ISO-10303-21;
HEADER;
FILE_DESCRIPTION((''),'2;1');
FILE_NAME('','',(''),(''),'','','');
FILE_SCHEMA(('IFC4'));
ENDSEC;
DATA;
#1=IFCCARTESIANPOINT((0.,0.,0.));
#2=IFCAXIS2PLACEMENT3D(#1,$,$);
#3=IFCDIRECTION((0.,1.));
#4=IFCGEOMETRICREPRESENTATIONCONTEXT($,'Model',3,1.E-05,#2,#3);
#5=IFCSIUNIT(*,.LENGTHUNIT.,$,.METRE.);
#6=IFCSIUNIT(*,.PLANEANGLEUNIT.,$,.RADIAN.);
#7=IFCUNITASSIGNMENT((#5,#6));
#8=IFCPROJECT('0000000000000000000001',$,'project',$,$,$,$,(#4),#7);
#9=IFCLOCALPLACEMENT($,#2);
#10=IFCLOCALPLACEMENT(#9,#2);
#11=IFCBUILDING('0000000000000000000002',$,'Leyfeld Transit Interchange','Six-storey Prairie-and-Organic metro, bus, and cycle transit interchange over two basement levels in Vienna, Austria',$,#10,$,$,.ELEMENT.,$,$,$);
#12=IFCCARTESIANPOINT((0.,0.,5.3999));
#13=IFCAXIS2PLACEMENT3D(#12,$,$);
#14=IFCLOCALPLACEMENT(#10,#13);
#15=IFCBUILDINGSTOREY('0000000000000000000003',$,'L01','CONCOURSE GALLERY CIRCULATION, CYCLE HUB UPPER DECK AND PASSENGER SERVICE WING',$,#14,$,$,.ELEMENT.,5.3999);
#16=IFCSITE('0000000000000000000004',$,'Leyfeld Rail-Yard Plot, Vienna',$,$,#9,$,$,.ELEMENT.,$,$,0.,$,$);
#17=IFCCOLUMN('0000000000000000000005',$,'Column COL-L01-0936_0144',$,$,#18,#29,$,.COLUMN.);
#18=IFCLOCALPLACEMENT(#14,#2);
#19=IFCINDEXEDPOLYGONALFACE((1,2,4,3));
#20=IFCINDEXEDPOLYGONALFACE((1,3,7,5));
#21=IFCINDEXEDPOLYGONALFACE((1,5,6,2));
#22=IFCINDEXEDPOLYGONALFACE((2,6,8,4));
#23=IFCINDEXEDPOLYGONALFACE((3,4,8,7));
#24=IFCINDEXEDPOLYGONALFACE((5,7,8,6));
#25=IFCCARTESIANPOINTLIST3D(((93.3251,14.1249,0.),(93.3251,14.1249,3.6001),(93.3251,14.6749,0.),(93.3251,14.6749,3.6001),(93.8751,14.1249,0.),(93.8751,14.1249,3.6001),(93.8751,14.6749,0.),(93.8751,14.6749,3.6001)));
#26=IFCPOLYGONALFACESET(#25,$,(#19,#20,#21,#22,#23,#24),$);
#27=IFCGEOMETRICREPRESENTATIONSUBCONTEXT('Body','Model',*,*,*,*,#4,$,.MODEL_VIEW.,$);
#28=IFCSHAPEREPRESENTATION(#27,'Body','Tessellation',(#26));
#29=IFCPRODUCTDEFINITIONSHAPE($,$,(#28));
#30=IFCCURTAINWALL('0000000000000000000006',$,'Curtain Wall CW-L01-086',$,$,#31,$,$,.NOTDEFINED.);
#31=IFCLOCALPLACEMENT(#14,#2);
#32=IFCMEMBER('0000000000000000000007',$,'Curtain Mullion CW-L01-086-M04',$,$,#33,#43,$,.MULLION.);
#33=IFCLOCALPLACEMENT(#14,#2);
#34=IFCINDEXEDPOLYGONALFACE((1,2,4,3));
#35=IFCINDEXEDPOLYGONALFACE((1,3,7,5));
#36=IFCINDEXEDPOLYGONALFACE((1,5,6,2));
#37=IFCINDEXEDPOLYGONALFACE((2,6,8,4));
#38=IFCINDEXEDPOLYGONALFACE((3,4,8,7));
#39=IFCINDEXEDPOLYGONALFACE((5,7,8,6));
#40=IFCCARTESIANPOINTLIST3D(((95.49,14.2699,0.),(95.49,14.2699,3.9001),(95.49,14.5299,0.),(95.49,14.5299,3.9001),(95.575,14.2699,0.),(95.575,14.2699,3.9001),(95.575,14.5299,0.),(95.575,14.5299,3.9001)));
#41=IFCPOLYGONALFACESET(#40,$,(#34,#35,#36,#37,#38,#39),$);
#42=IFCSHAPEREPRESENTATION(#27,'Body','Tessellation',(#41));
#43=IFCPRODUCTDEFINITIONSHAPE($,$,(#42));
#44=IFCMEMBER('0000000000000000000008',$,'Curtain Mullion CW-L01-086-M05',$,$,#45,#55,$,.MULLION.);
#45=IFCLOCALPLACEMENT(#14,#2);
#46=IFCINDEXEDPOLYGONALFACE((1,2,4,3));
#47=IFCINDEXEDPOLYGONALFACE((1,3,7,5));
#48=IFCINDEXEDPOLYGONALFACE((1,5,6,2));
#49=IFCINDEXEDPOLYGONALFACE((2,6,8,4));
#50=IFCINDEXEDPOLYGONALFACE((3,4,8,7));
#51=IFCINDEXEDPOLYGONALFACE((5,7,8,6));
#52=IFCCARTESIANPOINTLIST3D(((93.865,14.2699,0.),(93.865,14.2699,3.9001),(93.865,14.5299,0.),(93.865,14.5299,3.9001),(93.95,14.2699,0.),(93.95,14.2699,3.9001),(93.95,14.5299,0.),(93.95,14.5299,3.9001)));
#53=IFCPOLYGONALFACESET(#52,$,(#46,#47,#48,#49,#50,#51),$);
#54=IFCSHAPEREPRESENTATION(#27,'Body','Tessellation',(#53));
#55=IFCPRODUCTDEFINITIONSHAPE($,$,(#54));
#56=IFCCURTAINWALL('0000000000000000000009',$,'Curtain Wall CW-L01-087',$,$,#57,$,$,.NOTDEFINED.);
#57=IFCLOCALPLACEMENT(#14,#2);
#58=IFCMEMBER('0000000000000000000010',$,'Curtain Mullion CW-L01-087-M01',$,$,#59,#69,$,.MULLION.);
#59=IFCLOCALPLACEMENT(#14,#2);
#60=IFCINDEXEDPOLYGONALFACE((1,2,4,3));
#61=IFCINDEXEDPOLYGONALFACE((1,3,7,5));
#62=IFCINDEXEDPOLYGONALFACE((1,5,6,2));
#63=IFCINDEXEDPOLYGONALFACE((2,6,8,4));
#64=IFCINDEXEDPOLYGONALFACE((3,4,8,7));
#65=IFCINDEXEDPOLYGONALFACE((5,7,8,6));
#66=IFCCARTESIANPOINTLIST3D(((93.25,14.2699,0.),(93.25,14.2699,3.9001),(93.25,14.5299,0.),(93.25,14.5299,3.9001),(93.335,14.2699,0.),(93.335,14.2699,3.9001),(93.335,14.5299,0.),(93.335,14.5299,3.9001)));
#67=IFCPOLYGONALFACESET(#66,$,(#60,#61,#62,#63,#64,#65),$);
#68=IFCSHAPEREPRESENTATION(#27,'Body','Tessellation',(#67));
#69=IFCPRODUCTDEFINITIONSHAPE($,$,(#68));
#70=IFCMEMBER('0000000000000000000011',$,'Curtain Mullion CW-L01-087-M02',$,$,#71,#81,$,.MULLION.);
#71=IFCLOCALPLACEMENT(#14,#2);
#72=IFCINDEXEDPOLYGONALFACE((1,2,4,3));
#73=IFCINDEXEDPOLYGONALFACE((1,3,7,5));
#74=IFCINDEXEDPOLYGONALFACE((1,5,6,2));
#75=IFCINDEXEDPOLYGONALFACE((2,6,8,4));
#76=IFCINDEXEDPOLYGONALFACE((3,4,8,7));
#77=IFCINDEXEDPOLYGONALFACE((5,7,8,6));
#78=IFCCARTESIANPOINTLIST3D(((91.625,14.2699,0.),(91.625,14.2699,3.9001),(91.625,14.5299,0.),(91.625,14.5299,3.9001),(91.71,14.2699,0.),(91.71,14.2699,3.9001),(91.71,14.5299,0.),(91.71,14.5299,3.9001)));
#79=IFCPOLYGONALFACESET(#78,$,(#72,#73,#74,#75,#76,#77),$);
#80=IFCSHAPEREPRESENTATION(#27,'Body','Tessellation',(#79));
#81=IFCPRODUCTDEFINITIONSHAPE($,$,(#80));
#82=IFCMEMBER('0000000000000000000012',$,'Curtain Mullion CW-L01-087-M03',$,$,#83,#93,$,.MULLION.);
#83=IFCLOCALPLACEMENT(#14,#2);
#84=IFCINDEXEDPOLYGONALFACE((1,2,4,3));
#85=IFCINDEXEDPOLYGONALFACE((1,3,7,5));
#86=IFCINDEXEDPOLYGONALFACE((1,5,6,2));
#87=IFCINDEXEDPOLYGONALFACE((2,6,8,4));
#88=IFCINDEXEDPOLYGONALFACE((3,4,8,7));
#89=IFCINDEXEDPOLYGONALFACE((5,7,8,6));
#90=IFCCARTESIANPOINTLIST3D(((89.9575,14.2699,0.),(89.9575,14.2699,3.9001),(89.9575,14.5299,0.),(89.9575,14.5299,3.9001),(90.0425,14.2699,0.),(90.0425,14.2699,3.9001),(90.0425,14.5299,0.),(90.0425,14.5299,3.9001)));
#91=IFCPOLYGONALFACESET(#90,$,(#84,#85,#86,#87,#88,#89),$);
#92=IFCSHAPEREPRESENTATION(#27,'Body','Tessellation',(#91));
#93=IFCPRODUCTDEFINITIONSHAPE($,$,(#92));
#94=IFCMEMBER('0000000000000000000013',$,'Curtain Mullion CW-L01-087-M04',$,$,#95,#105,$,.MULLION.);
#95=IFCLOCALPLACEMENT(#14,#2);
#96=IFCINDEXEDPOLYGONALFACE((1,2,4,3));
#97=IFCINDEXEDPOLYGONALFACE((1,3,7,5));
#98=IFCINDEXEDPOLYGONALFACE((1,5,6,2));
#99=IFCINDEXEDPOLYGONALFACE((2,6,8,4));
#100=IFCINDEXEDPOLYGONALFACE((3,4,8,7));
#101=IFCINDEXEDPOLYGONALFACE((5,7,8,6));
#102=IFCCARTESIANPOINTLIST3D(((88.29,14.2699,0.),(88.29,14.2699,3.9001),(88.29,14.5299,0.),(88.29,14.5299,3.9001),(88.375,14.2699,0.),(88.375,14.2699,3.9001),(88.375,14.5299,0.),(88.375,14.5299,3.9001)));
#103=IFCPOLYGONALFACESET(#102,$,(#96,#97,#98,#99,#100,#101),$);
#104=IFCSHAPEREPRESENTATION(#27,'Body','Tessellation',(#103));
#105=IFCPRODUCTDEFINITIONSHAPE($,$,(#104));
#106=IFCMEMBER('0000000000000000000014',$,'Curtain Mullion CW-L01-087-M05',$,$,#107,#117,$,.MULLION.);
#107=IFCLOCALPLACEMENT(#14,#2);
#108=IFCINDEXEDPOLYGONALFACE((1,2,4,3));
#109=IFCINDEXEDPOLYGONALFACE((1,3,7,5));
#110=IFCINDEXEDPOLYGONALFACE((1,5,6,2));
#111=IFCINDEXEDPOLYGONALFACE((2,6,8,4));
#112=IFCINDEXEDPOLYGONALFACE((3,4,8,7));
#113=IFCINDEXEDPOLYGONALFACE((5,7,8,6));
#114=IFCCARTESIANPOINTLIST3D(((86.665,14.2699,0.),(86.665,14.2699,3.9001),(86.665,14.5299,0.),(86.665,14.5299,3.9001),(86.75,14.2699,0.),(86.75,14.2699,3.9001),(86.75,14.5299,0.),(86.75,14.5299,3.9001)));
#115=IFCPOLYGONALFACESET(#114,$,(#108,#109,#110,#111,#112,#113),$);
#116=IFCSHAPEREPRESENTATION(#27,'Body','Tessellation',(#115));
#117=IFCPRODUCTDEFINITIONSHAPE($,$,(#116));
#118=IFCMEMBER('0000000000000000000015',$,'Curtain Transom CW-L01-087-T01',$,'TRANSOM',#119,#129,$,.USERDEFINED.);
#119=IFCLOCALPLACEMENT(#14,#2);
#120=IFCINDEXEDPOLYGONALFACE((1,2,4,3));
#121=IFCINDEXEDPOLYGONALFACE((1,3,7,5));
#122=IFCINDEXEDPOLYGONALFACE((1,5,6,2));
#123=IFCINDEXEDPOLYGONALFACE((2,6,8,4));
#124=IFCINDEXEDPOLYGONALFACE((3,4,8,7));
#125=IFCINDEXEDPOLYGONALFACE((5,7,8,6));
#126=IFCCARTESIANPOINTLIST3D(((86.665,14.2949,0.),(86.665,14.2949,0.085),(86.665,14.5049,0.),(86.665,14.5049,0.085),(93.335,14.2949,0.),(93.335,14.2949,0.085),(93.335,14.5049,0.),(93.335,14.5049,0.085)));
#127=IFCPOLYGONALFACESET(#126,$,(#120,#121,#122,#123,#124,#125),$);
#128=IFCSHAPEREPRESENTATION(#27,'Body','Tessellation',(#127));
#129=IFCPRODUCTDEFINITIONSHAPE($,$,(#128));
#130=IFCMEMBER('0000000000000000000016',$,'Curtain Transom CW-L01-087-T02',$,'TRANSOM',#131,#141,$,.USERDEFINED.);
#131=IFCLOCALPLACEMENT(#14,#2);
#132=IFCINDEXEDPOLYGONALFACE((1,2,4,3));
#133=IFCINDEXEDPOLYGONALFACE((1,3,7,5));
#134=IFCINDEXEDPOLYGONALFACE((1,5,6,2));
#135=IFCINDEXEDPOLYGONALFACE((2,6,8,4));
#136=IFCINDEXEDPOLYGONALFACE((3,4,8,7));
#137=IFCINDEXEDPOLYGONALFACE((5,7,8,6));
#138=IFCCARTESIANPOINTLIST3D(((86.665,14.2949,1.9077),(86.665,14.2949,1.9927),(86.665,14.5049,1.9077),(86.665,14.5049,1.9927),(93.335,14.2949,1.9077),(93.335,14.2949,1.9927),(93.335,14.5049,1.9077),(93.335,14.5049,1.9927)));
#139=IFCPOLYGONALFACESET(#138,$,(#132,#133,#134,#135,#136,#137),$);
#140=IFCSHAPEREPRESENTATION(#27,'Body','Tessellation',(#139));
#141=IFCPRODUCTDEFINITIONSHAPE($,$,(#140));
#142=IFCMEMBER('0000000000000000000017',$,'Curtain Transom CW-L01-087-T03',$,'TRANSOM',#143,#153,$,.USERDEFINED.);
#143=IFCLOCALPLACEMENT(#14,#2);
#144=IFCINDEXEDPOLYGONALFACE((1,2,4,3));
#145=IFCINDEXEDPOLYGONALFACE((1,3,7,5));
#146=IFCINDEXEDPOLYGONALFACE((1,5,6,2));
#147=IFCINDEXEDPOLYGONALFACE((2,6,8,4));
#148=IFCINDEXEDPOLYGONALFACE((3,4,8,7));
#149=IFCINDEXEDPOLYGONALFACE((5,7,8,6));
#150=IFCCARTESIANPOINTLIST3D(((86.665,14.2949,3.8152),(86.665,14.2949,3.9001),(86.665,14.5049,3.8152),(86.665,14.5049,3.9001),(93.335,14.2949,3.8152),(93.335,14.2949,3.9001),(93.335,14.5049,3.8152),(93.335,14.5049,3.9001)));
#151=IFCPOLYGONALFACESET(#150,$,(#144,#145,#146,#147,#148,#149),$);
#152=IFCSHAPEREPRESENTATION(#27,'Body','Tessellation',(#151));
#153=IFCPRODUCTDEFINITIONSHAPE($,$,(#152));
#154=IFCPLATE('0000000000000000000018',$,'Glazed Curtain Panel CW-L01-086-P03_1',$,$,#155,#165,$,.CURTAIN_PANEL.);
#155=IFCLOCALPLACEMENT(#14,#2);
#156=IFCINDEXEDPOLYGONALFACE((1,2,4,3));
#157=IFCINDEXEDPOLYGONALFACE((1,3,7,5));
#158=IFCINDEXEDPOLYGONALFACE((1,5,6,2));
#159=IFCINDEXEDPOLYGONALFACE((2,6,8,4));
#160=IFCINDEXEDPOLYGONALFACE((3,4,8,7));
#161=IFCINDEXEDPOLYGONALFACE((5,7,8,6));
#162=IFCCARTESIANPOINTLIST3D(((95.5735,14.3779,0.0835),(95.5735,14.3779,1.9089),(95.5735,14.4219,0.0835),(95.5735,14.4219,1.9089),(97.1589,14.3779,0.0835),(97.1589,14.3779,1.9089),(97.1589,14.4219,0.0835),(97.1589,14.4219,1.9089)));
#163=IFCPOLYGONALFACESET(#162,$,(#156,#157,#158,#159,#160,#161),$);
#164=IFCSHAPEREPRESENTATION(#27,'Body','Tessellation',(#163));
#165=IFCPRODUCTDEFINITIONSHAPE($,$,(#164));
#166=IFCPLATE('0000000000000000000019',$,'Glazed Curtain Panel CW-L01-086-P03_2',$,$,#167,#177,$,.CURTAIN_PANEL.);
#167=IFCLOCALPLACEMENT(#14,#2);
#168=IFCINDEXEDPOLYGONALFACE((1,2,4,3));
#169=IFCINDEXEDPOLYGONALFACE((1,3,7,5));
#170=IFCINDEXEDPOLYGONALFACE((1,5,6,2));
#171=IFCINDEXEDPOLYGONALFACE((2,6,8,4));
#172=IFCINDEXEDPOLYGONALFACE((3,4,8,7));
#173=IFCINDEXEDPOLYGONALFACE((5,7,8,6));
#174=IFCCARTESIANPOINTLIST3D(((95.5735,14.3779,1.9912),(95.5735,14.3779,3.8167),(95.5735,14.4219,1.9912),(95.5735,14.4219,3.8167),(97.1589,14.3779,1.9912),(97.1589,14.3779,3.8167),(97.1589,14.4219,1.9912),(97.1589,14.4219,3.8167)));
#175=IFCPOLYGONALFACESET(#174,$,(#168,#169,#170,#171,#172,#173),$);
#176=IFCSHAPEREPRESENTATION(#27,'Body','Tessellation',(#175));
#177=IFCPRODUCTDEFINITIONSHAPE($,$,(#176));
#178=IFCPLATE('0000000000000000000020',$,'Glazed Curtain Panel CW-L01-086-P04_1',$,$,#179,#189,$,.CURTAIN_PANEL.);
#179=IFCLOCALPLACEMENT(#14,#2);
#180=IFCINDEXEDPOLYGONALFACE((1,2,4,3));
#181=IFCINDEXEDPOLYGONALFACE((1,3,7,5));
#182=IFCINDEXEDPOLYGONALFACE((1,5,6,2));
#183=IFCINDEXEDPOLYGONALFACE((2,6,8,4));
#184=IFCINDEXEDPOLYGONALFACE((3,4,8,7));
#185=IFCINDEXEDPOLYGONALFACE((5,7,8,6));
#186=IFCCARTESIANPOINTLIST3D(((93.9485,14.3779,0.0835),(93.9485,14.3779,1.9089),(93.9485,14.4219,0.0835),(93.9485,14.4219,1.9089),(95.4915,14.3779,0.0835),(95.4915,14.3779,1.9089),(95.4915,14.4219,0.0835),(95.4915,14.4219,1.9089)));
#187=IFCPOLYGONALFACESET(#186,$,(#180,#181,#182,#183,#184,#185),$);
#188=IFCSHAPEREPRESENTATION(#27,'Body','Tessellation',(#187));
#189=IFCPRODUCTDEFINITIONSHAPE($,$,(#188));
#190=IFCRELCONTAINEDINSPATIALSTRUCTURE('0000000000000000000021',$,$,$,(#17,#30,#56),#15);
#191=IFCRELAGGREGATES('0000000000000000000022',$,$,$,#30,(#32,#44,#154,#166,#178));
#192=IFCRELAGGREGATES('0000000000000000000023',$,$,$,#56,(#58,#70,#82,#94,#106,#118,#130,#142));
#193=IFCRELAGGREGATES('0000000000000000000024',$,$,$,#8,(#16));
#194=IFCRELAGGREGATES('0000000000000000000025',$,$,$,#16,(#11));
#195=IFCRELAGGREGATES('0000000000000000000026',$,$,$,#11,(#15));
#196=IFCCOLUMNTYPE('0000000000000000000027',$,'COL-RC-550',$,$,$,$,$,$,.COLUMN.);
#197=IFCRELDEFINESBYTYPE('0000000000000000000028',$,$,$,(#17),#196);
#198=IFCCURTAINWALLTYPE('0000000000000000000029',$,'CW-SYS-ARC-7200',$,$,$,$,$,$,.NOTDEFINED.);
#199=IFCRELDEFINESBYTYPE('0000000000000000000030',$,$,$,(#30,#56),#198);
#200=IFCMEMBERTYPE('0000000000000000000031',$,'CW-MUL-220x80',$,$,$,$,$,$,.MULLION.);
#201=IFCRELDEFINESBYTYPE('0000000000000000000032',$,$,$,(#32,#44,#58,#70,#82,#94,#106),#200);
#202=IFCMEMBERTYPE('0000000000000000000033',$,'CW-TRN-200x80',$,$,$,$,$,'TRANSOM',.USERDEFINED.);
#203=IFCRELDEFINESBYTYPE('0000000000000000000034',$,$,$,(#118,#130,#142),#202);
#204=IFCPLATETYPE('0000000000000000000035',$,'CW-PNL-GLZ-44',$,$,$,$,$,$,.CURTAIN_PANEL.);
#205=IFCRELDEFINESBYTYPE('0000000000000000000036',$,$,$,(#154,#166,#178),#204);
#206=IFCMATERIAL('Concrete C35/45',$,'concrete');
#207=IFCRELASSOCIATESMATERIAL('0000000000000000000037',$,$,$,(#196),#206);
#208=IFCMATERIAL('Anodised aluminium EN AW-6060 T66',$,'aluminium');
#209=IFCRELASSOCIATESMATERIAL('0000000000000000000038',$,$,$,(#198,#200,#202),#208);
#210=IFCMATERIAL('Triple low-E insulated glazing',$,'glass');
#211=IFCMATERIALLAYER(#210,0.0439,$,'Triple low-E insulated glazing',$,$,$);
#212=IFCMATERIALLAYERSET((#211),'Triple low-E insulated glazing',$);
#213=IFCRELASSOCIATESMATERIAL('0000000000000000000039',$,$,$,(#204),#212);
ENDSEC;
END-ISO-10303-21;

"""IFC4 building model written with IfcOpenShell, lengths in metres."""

from ifc_helpers import new_model, si_unit, direction, frame, origin, origin_2d, place, context, subcontext, project, spatial, rectangle, extrude, material, layer, layer_set, material_profile, profile_set, type_object, element, aggregate, save


model = new_model("IFC4")

# Units and contexts
model_context = context("Model", 3, precision=1e-05, world=origin(), true_north=direction((0.0, 1.0)))
body_context = subcontext(model_context, "Body", "Model", "MODEL_VIEW")
ifc_project = project(units=[si_unit("LENGTHUNIT", "METRE"), si_unit("PLANEANGLEUNIT", "RADIAN")], contexts=[model_context])

# Site, building, storey
site_placement = place(None, origin())
site = spatial("IfcSite", under=ifc_project, at=site_placement, Name="Leyfeld Rail-Yard Plot, Vienna", CompositionType="ELEMENT", RefElevation=0.0)
building_placement = place(site_placement, origin())
building = spatial("IfcBuilding", under=site, at=building_placement, Name="Leyfeld Transit Interchange", Description="Six-storey Prairie-and-Organic metro, bus, and cycle transit interchange over two basement levels in Vienna, Austria", CompositionType="ELEMENT")
storey_placement = place(building_placement, frame((0.0, 0.0, 5.3999)))
storey = spatial("IfcBuildingStorey", under=building, at=storey_placement, Name="L01", Description="CONCOURSE GALLERY CIRCULATION, CYCLE HUB UPPER DECK AND PASSENGER SERVICE WING", CompositionType="ELEMENT", Elevation=5.3999)

# Column
ifc_material_1 = material(Name="Concrete C35/45", Category="concrete")
ifc_material_profile_1 = material_profile(ifc_material_1, rectangle(XDim=0.55, YDim=0.55, at=origin_2d()), Name="RC 550x550")
ifc_profile_set_1 = profile_set([ifc_material_profile_1], Name="Concrete C35/45")
column_type = type_object("IfcColumnType", Name="COL-RC-550", PredefinedType="COLUMN", material=ifc_profile_set_1)
column_placement = place(storey_placement, frame((93.6001, 14.3999, 0.0), z_axis=(0.0, 0.0, 1.0), x_axis=(1.0, 0.0, 0.0)))
element("IfcColumn", 1, at=column_placement, inside=storey, type_object=column_type, Name="Column COL-L01-0936_0144", PredefinedType="COLUMN", context=body_context, shape_type="SweptSolid", body=[
    extrude(rectangle(XDim=0.55, YDim=0.55, at=origin_2d()), origin(), (0.0, 0.0, 1.0), 3.6001),
])

# Curtain walls, members
ifc_material_2 = material(Name="Anodised aluminium EN AW-6060 T66", Category="aluminium")
curtain_wall_type = type_object("IfcCurtainWallType", Name="CW-SYS-ARC-7200", PredefinedType="NOTDEFINED", material=ifc_material_2)
curtain_wall_1_placement = place(storey_placement, origin())
curtain_wall_1 = element("IfcCurtainWall", 2, at=curtain_wall_1_placement, inside=storey, type_object=curtain_wall_type, Name="Curtain Wall CW-L01-086", PredefinedType="NOTDEFINED")
ifc_material_profile_2 = material_profile(ifc_material_2, rectangle(XDim=0.085, YDim=0.26, at=origin_2d()), Name="CW-M 85x260")
ifc_profile_set_2 = profile_set([ifc_material_profile_2], Name="Anodised aluminium EN AW-6060 T66")
member_type_1 = type_object("IfcMemberType", Name="CW-MUL-220x80", PredefinedType="MULLION", material=ifc_profile_set_2)
member_1_placement = place(storey_placement, frame((95.5325, 14.3999, 0.0), z_axis=(0.0, 0.0, 1.0), x_axis=(-1.0, 0.0, 0.0)))
member_1 = element("IfcMember", 3, at=member_1_placement, type_object=member_type_1, Name="Curtain Mullion CW-L01-086-M04", PredefinedType="MULLION", context=body_context, shape_type="SweptSolid", body=[
    extrude(rectangle(XDim=0.085, YDim=0.26, at=origin_2d()), origin(), (0.0, 0.0, 1.0), 3.9001),
])
member_2_placement = place(storey_placement, frame((93.9075, 14.3999, 0.0), z_axis=(0.0, 0.0, 1.0), x_axis=(-1.0, 0.0, 0.0)))
member_2 = element("IfcMember", 4, at=member_2_placement, type_object=member_type_1, Name="Curtain Mullion CW-L01-086-M05", PredefinedType="MULLION", context=body_context, shape_type="SweptSolid", body=[
    extrude(rectangle(XDim=0.085, YDim=0.26, at=origin_2d()), origin(), (0.0, 0.0, 1.0), 3.9001),
])
curtain_wall_2_placement = place(storey_placement, origin())
curtain_wall_2 = element("IfcCurtainWall", 5, at=curtain_wall_2_placement, inside=storey, type_object=curtain_wall_type, Name="Curtain Wall CW-L01-087", PredefinedType="NOTDEFINED")
member_3_placement = place(storey_placement, frame((93.2925, 14.3999, 0.0), z_axis=(0.0, 0.0, 1.0), x_axis=(-1.0, 0.0, 0.0)))
member_3 = element("IfcMember", 6, at=member_3_placement, type_object=member_type_1, Name="Curtain Mullion CW-L01-087-M01", PredefinedType="MULLION", context=body_context, shape_type="SweptSolid", body=[
    extrude(rectangle(XDim=0.085, YDim=0.26, at=origin_2d()), origin(), (0.0, 0.0, 1.0), 3.9001),
])
member_4_placement = place(storey_placement, frame((91.6675, 14.3999, 0.0), z_axis=(0.0, 0.0, 1.0), x_axis=(-1.0, 0.0, 0.0)))
member_4 = element("IfcMember", 7, at=member_4_placement, type_object=member_type_1, Name="Curtain Mullion CW-L01-087-M02", PredefinedType="MULLION", context=body_context, shape_type="SweptSolid", body=[
    extrude(rectangle(XDim=0.085, YDim=0.26, at=origin_2d()), origin(), (0.0, 0.0, 1.0), 3.9001),
])
member_5_placement = place(storey_placement, frame((90.0, 14.3999, 0.0), z_axis=(0.0, 0.0, 1.0), x_axis=(-1.0, 0.0, 0.0)))
member_5 = element("IfcMember", 8, at=member_5_placement, type_object=member_type_1, Name="Curtain Mullion CW-L01-087-M03", PredefinedType="MULLION", context=body_context, shape_type="SweptSolid", body=[
    extrude(rectangle(XDim=0.085, YDim=0.26, at=origin_2d()), origin(), (0.0, 0.0, 1.0), 3.9001),
])
member_6_placement = place(storey_placement, frame((88.3325, 14.3999, 0.0), z_axis=(0.0, 0.0, 1.0), x_axis=(-1.0, 0.0, 0.0)))
member_6 = element("IfcMember", 9, at=member_6_placement, type_object=member_type_1, Name="Curtain Mullion CW-L01-087-M04", PredefinedType="MULLION", context=body_context, shape_type="SweptSolid", body=[
    extrude(rectangle(XDim=0.085, YDim=0.26, at=origin_2d()), origin(), (0.0, 0.0, 1.0), 3.9001),
])
member_7_placement = place(storey_placement, frame((86.7075, 14.3999, 0.0), z_axis=(0.0, 0.0, 1.0), x_axis=(-1.0, 0.0, 0.0)))
member_7 = element("IfcMember", 10, at=member_7_placement, type_object=member_type_1, Name="Curtain Mullion CW-L01-087-M05", PredefinedType="MULLION", context=body_context, shape_type="SweptSolid", body=[
    extrude(rectangle(XDim=0.085, YDim=0.26, at=origin_2d()), origin(), (0.0, 0.0, 1.0), 3.9001),
])
ifc_material_profile_3 = material_profile(ifc_material_2, rectangle(XDim=0.21, YDim=0.085, at=origin_2d()), Name="CW-TRN-200x80")
ifc_profile_set_3 = profile_set([ifc_material_profile_3], Name="Anodised aluminium EN AW-6060 T66")
member_type_2 = type_object("IfcMemberType", Name="CW-TRN-200x80", ElementType="TRANSOM", PredefinedType="USERDEFINED", material=ifc_profile_set_3)
member_8_placement = place(storey_placement, frame((93.335, 14.3999, 0.0425), z_axis=(-1.0, 0.0, 0.0), x_axis=(0.0, -1.0, 0.0)))
member_8 = element("IfcMember", 11, at=member_8_placement, type_object=member_type_2, Name="Curtain Transom CW-L01-087-T01", ObjectType="TRANSOM", PredefinedType="USERDEFINED", context=body_context, shape_type="SweptSolid", body=[
    extrude(rectangle(XDim=0.21, YDim=0.085, at=origin_2d()), origin(), (0.0, 0.0, 1.0), 6.6699),
])
member_9_placement = place(storey_placement, frame((93.335, 14.3999, 1.9502), z_axis=(-1.0, 0.0, 0.0), x_axis=(0.0, -1.0, 0.0)))
member_9 = element("IfcMember", 12, at=member_9_placement, type_object=member_type_2, Name="Curtain Transom CW-L01-087-T02", ObjectType="TRANSOM", PredefinedType="USERDEFINED", context=body_context, shape_type="SweptSolid", body=[
    extrude(rectangle(XDim=0.21, YDim=0.085, at=origin_2d()), origin(), (0.0, 0.0, 1.0), 6.6699),
])
member_10_placement = place(storey_placement, frame((93.335, 14.3999, 3.8577), z_axis=(-1.0, 0.0, 0.0), x_axis=(0.0, -1.0, 0.0)))
member_10 = element("IfcMember", 13, at=member_10_placement, type_object=member_type_2, Name="Curtain Transom CW-L01-087-T03", ObjectType="TRANSOM", PredefinedType="USERDEFINED", context=body_context, shape_type="SweptSolid", body=[
    extrude(rectangle(XDim=0.21, YDim=0.085, at=origin_2d()), origin(), (0.0, 0.0, 1.0), 6.6699),
])

# Plates
ifc_material_3 = material(Name="Triple low-E insulated glazing", Category="glass")
ifc_layer = layer(ifc_material_3, 0.0439, Name="Triple low-E insulated glazing")
ifc_layer_set = layer_set([ifc_layer], Name="Triple low-E insulated glazing")
plate_type = type_object("IfcPlateType", Name="CW-PNL-GLZ-44", PredefinedType="CURTAIN_PANEL", material=ifc_layer_set)
plate_1_placement = place(storey_placement, frame((96.3662, 14.3999, 0.0835), z_axis=(0.0, 0.0, 1.0), x_axis=(-1.0, 0.0, 0.0)))
plate_1 = element("IfcPlate", 14, at=plate_1_placement, type_object=plate_type, Name="Glazed Curtain Panel CW-L01-086-P03_1", PredefinedType="CURTAIN_PANEL", context=body_context, shape_type="SweptSolid", body=[
    extrude(rectangle(XDim=1.5854, YDim=0.0439, at=origin_2d()), origin(), (0.0, 0.0, 1.0), 1.8254),
])
plate_2_placement = place(storey_placement, frame((96.3662, 14.3999, 1.9912), z_axis=(0.0, 0.0, 1.0), x_axis=(-1.0, 0.0, 0.0)))
plate_2 = element("IfcPlate", 15, at=plate_2_placement, type_object=plate_type, Name="Glazed Curtain Panel CW-L01-086-P03_2", PredefinedType="CURTAIN_PANEL", context=body_context, shape_type="SweptSolid", body=[
    extrude(rectangle(XDim=1.5854, YDim=0.0439, at=origin_2d()), origin(), (0.0, 0.0, 1.0), 1.8254),
])
plate_3_placement = place(storey_placement, frame((94.72, 14.3999, 0.0835), z_axis=(0.0, 0.0, 1.0), x_axis=(-1.0, 0.0, 0.0)))
plate_3 = element("IfcPlate", 16, at=plate_3_placement, type_object=plate_type, Name="Glazed Curtain Panel CW-L01-086-P04_1", PredefinedType="CURTAIN_PANEL", context=body_context, shape_type="SweptSolid", body=[
    extrude(rectangle(XDim=1.543, YDim=0.0439, at=origin_2d()), origin(), (0.0, 0.0, 1.0), 1.8254),
])
aggregate(curtain_wall_1, [member_1, member_2, plate_1, plate_2, plate_3])
aggregate(curtain_wall_2, [member_3, member_4, member_5, member_6, member_7, member_8, member_9, member_10])

save(model, "model.ifc")
